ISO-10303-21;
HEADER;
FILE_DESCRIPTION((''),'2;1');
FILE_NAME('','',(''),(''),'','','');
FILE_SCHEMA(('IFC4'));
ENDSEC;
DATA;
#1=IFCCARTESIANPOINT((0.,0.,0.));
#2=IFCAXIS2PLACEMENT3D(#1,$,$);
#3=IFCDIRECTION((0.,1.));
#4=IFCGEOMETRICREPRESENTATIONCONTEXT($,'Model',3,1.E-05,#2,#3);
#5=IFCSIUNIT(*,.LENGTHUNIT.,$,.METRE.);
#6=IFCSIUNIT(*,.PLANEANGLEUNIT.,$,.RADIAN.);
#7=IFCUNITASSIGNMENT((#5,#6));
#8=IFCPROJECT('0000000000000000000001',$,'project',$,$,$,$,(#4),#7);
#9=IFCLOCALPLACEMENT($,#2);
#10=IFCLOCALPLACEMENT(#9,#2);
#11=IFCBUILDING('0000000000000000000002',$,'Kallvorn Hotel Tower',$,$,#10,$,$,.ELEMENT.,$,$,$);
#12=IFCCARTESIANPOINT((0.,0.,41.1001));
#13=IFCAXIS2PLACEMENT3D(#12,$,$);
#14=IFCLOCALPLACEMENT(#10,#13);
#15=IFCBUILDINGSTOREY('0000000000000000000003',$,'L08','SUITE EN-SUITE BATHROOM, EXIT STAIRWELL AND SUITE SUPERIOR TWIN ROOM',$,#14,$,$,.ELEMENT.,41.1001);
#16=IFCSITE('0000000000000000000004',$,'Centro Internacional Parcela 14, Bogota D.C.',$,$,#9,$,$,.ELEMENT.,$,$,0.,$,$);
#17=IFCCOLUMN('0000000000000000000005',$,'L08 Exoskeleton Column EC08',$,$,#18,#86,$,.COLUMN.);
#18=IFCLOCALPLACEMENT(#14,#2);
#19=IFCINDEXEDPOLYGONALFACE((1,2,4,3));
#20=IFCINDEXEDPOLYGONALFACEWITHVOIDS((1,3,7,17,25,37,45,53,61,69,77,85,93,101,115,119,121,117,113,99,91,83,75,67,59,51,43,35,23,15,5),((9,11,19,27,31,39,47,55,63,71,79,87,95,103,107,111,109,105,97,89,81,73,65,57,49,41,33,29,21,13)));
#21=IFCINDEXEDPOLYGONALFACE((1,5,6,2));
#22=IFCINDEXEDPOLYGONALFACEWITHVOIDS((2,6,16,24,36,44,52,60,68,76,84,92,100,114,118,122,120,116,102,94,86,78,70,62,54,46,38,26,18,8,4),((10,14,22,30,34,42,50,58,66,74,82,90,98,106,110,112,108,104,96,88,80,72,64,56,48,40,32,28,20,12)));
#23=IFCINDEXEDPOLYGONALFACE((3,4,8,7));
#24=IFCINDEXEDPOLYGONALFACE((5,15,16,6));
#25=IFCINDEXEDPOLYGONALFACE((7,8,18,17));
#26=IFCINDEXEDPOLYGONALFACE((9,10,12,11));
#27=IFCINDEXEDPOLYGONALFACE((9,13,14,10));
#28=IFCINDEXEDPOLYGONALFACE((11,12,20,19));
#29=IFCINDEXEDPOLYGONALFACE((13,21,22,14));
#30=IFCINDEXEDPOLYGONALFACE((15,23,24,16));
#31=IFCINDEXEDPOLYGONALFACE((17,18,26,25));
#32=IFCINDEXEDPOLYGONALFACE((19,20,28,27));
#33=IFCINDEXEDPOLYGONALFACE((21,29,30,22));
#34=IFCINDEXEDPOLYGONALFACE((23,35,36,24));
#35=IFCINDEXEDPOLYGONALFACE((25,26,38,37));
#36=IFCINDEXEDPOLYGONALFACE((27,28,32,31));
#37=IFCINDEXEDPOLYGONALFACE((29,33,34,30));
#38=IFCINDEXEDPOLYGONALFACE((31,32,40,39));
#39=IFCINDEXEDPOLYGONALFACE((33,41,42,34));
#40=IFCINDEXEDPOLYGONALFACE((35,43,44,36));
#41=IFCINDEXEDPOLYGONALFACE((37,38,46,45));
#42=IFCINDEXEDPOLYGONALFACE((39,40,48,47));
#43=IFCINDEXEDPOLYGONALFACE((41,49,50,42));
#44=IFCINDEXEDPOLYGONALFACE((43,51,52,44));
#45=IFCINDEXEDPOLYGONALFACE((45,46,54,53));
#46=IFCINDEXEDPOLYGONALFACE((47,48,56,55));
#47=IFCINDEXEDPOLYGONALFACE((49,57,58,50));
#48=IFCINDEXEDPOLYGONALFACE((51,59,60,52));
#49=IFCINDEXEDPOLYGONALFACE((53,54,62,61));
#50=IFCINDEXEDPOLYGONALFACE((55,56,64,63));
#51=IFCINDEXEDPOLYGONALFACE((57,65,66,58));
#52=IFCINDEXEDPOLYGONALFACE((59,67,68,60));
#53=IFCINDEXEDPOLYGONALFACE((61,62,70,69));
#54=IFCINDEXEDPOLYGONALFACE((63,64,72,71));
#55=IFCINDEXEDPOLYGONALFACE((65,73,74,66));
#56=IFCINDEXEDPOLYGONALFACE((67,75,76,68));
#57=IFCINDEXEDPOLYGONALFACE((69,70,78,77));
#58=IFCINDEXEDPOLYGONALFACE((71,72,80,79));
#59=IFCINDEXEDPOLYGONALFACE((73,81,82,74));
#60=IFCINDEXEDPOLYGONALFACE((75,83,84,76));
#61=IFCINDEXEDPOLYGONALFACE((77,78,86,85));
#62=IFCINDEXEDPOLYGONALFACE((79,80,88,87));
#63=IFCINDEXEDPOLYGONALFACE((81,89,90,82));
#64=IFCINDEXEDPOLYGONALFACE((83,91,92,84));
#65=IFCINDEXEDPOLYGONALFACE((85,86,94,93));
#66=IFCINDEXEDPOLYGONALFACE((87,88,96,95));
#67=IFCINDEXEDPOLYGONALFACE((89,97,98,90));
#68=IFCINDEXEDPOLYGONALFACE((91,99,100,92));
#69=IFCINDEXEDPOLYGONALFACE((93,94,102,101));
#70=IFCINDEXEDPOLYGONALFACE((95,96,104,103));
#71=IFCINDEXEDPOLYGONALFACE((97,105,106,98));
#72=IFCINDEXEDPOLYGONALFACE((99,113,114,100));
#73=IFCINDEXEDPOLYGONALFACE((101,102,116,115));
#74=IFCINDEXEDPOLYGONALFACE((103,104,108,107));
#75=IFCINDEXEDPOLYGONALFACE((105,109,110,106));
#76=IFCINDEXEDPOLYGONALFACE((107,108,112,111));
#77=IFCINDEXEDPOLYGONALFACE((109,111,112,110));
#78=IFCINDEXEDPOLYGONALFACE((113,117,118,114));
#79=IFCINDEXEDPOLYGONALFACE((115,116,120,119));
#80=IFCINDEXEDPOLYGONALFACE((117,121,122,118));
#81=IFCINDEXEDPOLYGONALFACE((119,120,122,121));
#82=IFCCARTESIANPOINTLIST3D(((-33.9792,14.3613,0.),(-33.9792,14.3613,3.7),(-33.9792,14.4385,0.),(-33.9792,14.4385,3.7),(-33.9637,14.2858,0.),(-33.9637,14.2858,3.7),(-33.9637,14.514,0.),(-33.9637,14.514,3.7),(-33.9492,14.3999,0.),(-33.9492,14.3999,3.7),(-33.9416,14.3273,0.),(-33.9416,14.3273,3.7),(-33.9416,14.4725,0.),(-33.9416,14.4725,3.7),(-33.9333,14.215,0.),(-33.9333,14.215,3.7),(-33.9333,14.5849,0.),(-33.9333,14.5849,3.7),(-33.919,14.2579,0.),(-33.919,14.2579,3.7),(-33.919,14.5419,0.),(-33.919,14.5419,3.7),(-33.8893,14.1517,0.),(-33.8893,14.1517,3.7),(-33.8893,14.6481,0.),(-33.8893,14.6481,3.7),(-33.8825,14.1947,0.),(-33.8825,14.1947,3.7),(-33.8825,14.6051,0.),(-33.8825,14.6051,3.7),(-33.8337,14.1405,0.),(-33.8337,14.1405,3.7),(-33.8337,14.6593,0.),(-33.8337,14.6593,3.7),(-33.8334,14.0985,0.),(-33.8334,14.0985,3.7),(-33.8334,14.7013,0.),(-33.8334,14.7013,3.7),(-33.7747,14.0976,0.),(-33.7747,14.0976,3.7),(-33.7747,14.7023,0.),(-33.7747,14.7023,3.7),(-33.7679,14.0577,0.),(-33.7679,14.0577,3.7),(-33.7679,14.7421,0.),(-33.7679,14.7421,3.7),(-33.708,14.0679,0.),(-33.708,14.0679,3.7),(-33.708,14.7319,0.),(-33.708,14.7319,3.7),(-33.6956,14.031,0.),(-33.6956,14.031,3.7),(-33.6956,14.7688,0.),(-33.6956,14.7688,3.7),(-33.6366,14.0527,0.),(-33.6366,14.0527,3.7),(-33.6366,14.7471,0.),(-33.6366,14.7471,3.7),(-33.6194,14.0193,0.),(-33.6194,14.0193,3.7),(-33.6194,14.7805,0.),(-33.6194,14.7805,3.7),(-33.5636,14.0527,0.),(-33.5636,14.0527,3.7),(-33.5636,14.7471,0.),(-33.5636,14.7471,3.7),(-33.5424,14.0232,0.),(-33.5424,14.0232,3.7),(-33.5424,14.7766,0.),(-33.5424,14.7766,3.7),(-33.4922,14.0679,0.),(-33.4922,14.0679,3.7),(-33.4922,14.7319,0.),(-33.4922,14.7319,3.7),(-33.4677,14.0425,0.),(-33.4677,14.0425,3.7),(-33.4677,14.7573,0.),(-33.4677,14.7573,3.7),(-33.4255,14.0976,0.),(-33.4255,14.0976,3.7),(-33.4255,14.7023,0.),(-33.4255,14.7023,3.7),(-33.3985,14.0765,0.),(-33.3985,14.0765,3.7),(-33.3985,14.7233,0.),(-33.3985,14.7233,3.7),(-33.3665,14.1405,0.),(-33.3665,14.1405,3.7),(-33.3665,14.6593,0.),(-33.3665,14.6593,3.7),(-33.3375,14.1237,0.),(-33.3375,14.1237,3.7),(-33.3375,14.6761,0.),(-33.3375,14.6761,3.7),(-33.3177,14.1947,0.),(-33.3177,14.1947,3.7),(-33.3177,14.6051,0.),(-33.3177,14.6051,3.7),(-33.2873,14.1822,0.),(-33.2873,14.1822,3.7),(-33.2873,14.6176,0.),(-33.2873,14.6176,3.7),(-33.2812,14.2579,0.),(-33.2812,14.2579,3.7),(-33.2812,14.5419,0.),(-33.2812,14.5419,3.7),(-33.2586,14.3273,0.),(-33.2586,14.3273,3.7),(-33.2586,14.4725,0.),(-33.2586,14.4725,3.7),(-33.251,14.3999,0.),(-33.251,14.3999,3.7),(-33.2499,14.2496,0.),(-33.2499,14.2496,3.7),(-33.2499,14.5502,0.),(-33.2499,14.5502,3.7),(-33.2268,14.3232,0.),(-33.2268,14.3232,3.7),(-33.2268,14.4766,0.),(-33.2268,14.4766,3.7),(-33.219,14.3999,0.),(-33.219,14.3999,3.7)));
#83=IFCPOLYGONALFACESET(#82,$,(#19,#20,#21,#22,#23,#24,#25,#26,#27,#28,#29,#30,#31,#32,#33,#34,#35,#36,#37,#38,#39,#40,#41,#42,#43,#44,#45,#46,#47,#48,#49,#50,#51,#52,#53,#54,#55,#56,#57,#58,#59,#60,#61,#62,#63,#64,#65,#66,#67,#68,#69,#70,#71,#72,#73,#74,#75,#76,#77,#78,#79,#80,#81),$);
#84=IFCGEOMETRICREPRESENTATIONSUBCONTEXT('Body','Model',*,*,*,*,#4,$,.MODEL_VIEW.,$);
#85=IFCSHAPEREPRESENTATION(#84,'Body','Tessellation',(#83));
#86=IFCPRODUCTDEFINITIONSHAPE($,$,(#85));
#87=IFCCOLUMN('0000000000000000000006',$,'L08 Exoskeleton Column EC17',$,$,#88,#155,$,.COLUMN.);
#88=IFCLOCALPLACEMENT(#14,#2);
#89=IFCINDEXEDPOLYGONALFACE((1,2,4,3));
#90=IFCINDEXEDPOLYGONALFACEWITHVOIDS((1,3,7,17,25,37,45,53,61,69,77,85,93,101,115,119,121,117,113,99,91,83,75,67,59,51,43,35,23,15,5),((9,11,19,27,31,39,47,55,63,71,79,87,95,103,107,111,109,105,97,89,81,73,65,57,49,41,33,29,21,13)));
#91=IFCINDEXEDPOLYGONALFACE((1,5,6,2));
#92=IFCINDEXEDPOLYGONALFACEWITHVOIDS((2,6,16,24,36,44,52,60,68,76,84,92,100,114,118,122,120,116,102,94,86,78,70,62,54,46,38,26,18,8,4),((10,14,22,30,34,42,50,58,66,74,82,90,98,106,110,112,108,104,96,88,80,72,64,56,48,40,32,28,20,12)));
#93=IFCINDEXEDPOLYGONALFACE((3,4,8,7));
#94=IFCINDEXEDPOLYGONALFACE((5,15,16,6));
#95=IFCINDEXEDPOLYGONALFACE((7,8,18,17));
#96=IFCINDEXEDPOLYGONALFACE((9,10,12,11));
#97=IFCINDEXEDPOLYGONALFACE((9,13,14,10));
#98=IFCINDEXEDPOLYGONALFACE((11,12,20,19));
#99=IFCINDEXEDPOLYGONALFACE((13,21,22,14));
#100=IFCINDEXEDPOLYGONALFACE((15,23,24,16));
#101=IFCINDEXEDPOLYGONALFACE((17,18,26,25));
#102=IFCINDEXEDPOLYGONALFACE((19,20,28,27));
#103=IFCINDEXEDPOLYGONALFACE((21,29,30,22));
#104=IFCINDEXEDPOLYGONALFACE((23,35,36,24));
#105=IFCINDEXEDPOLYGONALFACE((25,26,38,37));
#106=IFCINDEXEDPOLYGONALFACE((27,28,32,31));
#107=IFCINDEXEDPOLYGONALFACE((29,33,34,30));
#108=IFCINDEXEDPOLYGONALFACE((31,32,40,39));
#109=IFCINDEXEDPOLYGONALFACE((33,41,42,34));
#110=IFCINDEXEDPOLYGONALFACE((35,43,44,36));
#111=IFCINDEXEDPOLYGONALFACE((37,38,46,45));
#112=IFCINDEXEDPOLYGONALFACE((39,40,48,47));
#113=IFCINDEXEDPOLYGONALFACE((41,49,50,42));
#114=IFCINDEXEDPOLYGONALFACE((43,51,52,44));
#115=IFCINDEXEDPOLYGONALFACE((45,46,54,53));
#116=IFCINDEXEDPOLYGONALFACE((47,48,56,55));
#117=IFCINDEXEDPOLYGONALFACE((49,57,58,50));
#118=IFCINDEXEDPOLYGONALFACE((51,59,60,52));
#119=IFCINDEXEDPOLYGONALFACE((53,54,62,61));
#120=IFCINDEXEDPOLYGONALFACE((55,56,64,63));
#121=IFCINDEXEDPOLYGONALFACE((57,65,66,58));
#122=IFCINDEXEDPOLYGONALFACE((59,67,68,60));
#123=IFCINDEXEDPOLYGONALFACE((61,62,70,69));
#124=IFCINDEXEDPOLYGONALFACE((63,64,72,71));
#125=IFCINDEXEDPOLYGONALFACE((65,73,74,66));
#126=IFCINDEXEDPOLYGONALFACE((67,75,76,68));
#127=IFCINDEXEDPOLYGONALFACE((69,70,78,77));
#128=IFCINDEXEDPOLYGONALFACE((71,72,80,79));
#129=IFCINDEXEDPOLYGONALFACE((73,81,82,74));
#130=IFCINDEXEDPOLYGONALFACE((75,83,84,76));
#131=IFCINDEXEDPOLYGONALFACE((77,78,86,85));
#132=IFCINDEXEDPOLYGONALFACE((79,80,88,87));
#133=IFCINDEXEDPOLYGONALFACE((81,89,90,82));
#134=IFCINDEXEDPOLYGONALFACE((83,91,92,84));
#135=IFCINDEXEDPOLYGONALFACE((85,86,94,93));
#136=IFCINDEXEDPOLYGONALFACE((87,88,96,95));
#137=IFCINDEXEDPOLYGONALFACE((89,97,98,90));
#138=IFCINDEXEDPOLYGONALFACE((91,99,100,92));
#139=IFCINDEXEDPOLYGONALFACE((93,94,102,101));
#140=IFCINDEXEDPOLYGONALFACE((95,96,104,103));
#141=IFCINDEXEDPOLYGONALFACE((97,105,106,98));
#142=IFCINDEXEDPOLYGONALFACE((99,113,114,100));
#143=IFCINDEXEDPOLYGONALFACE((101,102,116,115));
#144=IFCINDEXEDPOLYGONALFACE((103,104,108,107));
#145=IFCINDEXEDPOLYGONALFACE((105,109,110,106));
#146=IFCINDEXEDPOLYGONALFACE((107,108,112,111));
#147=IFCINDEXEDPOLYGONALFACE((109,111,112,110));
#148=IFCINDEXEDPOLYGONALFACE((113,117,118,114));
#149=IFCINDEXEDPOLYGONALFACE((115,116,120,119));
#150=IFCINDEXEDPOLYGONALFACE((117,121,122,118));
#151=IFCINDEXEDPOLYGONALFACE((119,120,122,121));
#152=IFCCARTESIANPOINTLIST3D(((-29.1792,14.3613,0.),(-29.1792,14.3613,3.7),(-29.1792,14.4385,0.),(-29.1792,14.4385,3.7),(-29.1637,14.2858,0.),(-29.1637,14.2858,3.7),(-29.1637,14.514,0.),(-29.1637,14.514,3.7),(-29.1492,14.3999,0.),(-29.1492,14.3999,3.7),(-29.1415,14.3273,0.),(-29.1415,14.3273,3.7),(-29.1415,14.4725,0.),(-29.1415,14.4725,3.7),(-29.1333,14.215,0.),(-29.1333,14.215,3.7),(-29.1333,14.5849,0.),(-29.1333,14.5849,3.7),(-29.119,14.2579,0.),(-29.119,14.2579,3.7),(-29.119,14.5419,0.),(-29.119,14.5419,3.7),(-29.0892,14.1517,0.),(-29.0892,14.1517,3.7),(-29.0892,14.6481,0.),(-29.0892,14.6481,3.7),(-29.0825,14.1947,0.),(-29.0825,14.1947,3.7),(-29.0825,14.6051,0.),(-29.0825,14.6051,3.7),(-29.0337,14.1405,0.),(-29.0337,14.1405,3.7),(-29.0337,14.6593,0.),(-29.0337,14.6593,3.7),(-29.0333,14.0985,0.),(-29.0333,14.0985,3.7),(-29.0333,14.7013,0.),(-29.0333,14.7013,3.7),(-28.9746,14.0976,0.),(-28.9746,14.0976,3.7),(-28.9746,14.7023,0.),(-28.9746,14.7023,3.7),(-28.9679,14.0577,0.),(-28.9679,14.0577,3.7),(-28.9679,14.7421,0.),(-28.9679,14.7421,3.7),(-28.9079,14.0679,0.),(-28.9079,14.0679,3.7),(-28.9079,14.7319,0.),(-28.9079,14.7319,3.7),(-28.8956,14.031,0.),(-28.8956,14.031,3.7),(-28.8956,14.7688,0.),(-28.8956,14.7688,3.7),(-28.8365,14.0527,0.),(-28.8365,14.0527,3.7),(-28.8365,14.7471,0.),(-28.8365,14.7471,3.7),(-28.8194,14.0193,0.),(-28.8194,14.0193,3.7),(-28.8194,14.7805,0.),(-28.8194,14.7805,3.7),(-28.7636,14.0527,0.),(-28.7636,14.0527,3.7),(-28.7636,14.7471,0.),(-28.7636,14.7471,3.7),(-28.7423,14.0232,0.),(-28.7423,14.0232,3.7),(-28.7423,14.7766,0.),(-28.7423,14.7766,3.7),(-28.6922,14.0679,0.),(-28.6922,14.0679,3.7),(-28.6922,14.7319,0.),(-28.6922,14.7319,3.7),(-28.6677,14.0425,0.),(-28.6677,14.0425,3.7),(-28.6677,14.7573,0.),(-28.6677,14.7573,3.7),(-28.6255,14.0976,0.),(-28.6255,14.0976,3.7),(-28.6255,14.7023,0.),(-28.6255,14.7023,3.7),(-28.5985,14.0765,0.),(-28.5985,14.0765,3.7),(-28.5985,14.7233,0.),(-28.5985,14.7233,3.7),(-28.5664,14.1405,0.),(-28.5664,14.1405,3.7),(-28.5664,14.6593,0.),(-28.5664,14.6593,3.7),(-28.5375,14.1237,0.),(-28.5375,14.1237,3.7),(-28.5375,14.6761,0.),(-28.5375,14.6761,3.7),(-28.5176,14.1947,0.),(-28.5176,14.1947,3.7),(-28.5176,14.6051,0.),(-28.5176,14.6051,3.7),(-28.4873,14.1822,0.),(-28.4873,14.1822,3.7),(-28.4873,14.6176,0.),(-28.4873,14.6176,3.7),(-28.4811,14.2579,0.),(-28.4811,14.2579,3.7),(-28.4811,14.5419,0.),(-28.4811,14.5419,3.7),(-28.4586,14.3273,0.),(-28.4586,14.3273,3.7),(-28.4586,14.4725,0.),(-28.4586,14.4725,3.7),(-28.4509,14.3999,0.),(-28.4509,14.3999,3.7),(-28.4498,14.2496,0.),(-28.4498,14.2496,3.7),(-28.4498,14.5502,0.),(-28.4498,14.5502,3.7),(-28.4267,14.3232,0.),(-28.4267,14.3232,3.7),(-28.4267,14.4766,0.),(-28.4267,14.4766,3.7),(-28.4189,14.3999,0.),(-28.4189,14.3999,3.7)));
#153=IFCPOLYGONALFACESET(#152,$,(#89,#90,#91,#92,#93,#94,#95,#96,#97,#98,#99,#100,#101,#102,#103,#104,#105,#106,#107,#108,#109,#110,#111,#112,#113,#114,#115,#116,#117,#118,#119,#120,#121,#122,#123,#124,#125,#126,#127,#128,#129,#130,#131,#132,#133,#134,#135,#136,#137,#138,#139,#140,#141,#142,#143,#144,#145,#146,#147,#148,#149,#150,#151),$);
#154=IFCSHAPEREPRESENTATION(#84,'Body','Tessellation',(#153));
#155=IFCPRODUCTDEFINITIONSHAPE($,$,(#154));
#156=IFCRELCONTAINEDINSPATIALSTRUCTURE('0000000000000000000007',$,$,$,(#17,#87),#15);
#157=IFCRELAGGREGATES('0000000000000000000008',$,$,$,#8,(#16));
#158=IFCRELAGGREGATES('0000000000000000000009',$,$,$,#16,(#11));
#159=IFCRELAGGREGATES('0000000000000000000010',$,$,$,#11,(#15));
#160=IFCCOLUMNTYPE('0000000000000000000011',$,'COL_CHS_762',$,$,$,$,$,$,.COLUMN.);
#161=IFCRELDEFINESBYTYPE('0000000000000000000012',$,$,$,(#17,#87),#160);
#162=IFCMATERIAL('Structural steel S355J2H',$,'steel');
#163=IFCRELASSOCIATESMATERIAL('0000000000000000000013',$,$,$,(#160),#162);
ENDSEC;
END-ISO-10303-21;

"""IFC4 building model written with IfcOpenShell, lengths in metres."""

from ifc_helpers import new_model, si_unit, direction, frame, origin, origin_2d, place, context, subcontext, project, spatial, hollow_circle, extrude, material, material_profile, profile_set, type_object, element, save


model = new_model("IFC4")

# Units and contexts
model_context = context("Model", 3, precision=1e-05, world=origin(), true_north=direction((0.0, 1.0)))
body_context = subcontext(model_context, "Body", "Model", "MODEL_VIEW")
ifc_project = project(units=[si_unit("LENGTHUNIT", "METRE"), si_unit("PLANEANGLEUNIT", "RADIAN")], contexts=[model_context])

# Site, building, storey
site_placement = place(None, origin())
site = spatial("IfcSite", under=ifc_project, at=site_placement, Name="Centro Internacional Parcela 14, Bogota D.C.", CompositionType="ELEMENT", RefElevation=0.0)
building_placement = place(site_placement, origin())
building = spatial("IfcBuilding", under=site, at=building_placement, Name="Kallvorn Hotel Tower", CompositionType="ELEMENT")
storey_placement = place(building_placement, frame((0.0, 0.0, 41.1001)))
storey = spatial("IfcBuildingStorey", under=building, at=storey_placement, Name="L08", Description="SUITE EN-SUITE BATHROOM, EXIT STAIRWELL AND SUITE SUPERIOR TWIN ROOM", CompositionType="ELEMENT", Elevation=41.1001)

# Columns
ifc_material_1 = material(Name="Structural steel S355J2H", Category="steel")
ifc_material_profile_1 = material_profile(ifc_material_1, hollow_circle(Radius=0.3811, WallThickness=0.032, at=origin_2d()), Name="CHS 762x32")
ifc_profile_set_1 = profile_set([ifc_material_profile_1], Name="Structural steel S355J2H")
column_type_1 = type_object("IfcColumnType", Name="COL_CHS_762", PredefinedType="COLUMN", material=ifc_profile_set_1)
for number, where, z_axis, x_axis, name in (
    (1, (-33.6001, 14.3999, 0.0), (0.0, 0.0, 1.0), (1.0, 0.0, 0.0), "L08 Exoskeleton Column EC08"),
    (2, (-28.8, 14.3999, 0.0), (0.0, 0.0, 1.0), (1.0, 0.0, 0.0), "L08 Exoskeleton Column EC17"),
):
    element("IfcColumn", number, at=place(storey_placement, frame(where, z_axis=z_axis, x_axis=x_axis)), inside=storey, type_object=column_type_1, Name=name, PredefinedType="COLUMN", context=body_context, shape_type="SweptSolid", body=[
        extrude(hollow_circle(Radius=0.3811, WallThickness=0.032, at=origin_2d()), origin(), (0.0, 0.0, 1.0), 3.7),
    ])

save(model, "model.ifc")
